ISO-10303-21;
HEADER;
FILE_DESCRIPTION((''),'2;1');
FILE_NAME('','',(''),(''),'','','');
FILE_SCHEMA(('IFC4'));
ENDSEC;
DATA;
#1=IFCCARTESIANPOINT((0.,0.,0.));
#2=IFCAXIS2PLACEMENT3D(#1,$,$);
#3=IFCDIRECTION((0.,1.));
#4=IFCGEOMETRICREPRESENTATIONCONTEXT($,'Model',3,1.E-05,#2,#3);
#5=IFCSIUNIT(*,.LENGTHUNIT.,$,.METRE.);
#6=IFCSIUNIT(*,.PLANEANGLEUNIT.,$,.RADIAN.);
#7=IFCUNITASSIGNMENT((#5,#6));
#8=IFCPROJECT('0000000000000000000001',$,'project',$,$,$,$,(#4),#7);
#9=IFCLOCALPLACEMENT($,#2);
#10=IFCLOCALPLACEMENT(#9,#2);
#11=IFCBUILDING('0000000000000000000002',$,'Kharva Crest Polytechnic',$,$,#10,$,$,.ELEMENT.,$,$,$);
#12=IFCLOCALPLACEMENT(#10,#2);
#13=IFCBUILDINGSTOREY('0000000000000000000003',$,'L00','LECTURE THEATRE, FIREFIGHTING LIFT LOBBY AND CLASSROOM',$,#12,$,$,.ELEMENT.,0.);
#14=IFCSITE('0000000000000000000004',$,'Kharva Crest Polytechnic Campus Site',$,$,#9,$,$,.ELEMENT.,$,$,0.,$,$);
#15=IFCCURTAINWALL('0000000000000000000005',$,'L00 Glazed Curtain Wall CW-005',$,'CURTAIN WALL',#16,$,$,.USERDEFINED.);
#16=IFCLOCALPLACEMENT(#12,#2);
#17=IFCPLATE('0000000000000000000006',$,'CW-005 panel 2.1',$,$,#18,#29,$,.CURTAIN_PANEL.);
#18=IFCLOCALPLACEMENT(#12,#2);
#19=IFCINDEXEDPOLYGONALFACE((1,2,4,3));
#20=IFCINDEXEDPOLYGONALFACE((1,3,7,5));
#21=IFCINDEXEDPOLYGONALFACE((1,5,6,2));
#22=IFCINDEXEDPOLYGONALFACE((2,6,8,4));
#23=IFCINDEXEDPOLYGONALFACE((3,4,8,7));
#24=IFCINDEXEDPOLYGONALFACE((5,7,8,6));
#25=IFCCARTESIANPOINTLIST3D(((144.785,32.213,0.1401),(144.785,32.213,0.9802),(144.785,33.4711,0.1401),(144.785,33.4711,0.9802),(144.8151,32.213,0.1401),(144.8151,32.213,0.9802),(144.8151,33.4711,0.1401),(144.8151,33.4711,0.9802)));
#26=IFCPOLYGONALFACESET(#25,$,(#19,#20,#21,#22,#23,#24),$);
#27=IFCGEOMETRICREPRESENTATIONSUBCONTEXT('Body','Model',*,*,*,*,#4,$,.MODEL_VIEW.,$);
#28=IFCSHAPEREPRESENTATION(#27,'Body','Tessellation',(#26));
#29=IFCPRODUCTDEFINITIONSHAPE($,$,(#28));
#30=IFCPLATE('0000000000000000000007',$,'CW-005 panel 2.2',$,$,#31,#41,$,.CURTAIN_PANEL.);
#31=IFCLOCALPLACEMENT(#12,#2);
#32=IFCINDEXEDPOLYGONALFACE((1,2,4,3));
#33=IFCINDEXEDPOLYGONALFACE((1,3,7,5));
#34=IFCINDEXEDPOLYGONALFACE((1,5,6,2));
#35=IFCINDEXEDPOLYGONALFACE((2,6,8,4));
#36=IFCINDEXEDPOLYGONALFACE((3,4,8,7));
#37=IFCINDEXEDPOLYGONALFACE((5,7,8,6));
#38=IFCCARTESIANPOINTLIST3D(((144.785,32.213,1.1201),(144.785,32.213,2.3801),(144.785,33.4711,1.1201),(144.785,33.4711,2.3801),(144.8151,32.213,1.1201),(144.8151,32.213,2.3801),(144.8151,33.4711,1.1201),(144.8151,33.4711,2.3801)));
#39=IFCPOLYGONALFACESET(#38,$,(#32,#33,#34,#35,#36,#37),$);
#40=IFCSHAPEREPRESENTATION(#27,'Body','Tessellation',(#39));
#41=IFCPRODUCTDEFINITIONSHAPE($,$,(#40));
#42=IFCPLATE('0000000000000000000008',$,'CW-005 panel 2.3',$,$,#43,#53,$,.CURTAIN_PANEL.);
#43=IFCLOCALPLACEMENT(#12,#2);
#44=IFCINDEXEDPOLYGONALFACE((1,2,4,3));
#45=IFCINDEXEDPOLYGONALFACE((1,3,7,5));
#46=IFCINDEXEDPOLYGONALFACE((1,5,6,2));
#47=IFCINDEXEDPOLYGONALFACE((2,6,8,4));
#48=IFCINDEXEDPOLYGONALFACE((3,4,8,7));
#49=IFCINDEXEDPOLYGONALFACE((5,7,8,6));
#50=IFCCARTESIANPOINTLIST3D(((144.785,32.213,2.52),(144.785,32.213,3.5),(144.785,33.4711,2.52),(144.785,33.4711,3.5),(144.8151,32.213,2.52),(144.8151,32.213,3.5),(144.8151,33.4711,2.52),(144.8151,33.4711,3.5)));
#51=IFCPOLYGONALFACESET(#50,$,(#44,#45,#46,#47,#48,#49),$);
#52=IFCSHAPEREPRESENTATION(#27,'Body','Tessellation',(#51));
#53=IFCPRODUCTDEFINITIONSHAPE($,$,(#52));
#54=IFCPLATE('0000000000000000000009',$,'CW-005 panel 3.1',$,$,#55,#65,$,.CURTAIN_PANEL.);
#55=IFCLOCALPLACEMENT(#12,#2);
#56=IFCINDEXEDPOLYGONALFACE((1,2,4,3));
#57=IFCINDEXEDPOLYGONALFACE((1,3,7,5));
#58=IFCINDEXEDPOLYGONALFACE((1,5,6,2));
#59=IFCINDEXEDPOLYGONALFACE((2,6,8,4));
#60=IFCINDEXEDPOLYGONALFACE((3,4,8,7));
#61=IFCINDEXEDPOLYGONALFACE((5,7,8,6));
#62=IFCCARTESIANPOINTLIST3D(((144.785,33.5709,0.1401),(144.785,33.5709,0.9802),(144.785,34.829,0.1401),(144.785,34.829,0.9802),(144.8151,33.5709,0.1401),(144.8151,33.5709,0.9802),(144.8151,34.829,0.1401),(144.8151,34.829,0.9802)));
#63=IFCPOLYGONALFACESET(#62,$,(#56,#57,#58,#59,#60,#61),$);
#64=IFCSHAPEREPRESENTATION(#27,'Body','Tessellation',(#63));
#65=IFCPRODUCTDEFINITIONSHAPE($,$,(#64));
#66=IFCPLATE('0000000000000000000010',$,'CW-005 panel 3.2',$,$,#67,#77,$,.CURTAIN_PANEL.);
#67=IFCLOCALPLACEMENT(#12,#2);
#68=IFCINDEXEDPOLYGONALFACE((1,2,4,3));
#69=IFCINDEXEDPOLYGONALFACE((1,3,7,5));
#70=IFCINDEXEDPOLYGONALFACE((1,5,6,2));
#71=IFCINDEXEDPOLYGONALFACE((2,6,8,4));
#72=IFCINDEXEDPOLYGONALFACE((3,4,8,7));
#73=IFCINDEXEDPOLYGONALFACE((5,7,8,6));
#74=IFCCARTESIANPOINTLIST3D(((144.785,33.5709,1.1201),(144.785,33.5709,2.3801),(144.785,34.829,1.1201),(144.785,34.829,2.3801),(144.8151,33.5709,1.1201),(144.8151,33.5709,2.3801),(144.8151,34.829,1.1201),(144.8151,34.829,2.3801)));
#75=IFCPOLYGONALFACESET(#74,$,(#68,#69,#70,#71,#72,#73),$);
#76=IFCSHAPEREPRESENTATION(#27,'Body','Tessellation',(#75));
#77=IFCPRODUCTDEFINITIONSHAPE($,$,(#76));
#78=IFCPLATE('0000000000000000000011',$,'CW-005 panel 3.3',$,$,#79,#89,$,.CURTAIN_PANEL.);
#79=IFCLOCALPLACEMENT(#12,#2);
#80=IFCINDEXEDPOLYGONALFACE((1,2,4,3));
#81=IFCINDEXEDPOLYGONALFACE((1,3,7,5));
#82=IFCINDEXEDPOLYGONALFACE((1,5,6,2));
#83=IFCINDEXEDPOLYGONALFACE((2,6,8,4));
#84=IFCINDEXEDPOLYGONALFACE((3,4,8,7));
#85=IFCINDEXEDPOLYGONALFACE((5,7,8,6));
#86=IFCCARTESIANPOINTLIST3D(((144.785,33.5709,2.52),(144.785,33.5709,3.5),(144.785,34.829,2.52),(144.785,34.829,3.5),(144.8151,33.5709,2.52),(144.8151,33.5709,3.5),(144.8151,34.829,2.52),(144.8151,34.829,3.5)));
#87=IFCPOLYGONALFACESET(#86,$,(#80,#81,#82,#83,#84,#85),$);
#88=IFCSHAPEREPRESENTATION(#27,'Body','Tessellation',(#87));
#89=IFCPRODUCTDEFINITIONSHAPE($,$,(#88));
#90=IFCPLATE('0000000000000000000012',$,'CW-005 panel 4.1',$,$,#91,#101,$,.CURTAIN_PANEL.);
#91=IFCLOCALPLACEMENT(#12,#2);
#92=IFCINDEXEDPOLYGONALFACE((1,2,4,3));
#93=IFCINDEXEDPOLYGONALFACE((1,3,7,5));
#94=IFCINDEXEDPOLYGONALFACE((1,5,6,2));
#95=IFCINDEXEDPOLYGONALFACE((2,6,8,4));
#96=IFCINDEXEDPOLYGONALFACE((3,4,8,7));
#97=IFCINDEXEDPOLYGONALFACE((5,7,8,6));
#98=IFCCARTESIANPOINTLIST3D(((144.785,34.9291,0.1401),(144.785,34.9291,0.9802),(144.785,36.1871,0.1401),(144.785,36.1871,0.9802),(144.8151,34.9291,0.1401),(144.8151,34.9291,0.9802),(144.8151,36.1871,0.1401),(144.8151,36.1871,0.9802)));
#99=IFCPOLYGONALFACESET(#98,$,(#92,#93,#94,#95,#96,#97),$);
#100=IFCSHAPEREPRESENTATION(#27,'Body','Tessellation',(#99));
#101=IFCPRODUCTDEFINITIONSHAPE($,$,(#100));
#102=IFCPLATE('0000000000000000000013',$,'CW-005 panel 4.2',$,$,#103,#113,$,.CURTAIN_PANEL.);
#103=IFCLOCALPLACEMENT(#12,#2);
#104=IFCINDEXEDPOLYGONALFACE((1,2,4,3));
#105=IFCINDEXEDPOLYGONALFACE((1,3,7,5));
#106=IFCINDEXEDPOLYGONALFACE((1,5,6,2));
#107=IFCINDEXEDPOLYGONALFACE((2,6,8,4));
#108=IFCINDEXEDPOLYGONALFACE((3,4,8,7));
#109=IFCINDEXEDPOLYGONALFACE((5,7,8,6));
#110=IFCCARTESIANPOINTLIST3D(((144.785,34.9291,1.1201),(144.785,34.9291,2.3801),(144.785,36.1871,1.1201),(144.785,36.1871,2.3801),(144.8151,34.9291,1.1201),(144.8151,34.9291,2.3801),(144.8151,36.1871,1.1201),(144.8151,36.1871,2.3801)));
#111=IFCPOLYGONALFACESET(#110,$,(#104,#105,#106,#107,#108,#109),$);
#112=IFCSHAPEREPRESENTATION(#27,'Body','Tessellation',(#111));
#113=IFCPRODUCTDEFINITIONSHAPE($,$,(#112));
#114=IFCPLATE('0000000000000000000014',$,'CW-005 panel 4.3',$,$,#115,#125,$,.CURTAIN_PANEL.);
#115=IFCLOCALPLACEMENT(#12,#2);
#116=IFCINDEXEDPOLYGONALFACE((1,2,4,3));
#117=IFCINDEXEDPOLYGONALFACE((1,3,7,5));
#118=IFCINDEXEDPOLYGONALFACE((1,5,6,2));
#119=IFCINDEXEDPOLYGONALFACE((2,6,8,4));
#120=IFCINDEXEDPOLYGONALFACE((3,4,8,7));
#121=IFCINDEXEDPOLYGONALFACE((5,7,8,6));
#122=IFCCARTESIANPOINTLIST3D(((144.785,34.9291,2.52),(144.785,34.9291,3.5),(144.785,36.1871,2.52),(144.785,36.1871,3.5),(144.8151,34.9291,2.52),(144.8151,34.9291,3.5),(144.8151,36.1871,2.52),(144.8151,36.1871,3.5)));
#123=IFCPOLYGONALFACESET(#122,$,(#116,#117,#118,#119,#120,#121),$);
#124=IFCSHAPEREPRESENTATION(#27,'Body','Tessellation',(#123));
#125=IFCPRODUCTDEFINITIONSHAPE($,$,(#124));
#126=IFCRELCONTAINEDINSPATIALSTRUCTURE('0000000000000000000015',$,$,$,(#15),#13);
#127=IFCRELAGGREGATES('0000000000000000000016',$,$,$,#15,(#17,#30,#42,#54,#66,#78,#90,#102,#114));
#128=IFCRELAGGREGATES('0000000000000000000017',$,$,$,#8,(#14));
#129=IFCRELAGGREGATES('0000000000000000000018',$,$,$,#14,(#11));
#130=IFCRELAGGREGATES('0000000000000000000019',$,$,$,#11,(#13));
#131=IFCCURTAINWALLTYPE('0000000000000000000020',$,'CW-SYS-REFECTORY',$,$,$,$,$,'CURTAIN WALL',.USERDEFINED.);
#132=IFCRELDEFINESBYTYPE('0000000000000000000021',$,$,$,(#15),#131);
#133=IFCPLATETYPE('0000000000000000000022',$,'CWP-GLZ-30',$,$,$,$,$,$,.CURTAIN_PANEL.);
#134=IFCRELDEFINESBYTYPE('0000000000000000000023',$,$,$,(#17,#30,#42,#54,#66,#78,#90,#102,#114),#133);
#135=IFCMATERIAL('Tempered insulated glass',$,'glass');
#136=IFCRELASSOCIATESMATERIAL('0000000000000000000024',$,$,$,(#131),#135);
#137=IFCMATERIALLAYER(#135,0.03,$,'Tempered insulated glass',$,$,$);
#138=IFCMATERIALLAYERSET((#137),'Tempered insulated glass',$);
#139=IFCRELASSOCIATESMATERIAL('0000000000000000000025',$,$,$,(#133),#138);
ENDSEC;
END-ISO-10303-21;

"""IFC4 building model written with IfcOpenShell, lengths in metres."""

from ifc_helpers import new_model, si_unit, direction, frame, origin, origin_2d, place, context, subcontext, project, spatial, rectangle, extrude, material, layer, layer_set, type_object, element, aggregate, save


model = new_model("IFC4")

# Units and contexts
model_context = context("Model", 3, precision=1e-05, world=origin(), true_north=direction((0.0, 1.0)))
body_context = subcontext(model_context, "Body", "Model", "MODEL_VIEW")
ifc_project = project(units=[si_unit("LENGTHUNIT", "METRE"), si_unit("PLANEANGLEUNIT", "RADIAN")], contexts=[model_context])

# Site, building, storey
site_placement = place(None, origin())
site = spatial("IfcSite", under=ifc_project, at=site_placement, Name="Kharva Crest Polytechnic Campus Site", CompositionType="ELEMENT", RefElevation=0.0)
building_placement = place(site_placement, origin())
building = spatial("IfcBuilding", under=site, at=building_placement, Name="Kharva Crest Polytechnic", CompositionType="ELEMENT")
storey_placement = place(building_placement, origin())
storey = spatial("IfcBuildingStorey", under=building, at=storey_placement, Name="L00", Description="LECTURE THEATRE, FIREFIGHTING LIFT LOBBY AND CLASSROOM", CompositionType="ELEMENT", Elevation=0.0)

# Curtain wall, plates
ifc_material_1 = material(Name="Tempered insulated glass", Category="glass")
curtain_wall_type = type_object("IfcCurtainWallType", Name="CW-SYS-REFECTORY", ElementType="CURTAIN WALL", PredefinedType="USERDEFINED", material=ifc_material_1)
curtain_wall_placement = place(storey_placement, origin())
curtain_wall = element("IfcCurtainWall", 1, at=curtain_wall_placement, inside=storey, type_object=curtain_wall_type, Name="L00 Glazed Curtain Wall CW-005", ObjectType="CURTAIN WALL", PredefinedType="USERDEFINED")
ifc_layer = layer(ifc_material_1, 0.03, Name="Tempered insulated glass")
ifc_layer_set = layer_set([ifc_layer], Name="Tempered insulated glass")
plate_type = type_object("IfcPlateType", Name="CWP-GLZ-30", PredefinedType="CURTAIN_PANEL", material=ifc_layer_set)
plate_1_placement = place(storey_placement, frame((144.8, 32.842, 0.1401), z_axis=(0.0, 0.0, 1.0), x_axis=(0.0, 1.0, 0.0)))
plate_1 = element("IfcPlate", 2, at=plate_1_placement, type_object=plate_type, Name="CW-005 panel 2.1", PredefinedType="CURTAIN_PANEL", context=body_context, shape_type="SweptSolid", body=[
    extrude(rectangle(XDim=1.2581, YDim=0.03, at=origin_2d()), origin(), (0.0, 0.0, 1.0), 0.8401),
])
plate_2_placement = place(storey_placement, frame((144.8, 32.842, 1.1201), z_axis=(0.0, 0.0, 1.0), x_axis=(0.0, 1.0, 0.0)))
plate_2 = element("IfcPlate", 3, at=plate_2_placement, type_object=plate_type, Name="CW-005 panel 2.2", PredefinedType="CURTAIN_PANEL", context=body_context, shape_type="SweptSolid", body=[
    extrude(rectangle(XDim=1.2581, YDim=0.03, at=origin_2d()), origin(), (0.0, 0.0, 1.0), 1.26),
])
plate_3_placement = place(storey_placement, frame((144.8, 32.842, 2.52), z_axis=(0.0, 0.0, 1.0), x_axis=(0.0, 1.0, 0.0)))
plate_3 = element("IfcPlate", 4, at=plate_3_placement, type_object=plate_type, Name="CW-005 panel 2.3", PredefinedType="CURTAIN_PANEL", context=body_context, shape_type="SweptSolid", body=[
    extrude(rectangle(XDim=1.2581, YDim=0.03, at=origin_2d()), origin(), (0.0, 0.0, 1.0), 0.98),
])
plate_4_placement = place(storey_placement, frame((144.8, 34.2, 0.1401), z_axis=(0.0, 0.0, 1.0), x_axis=(0.0, 1.0, 0.0)))
plate_4 = element("IfcPlate", 5, at=plate_4_placement, type_object=plate_type, Name="CW-005 panel 3.1", PredefinedType="CURTAIN_PANEL", context=body_context, shape_type="SweptSolid", body=[
    extrude(rectangle(XDim=1.2581, YDim=0.03, at=origin_2d()), origin(), (0.0, 0.0, 1.0), 0.8401),
])
plate_5_placement = place(storey_placement, frame((144.8, 34.2, 1.1201), z_axis=(0.0, 0.0, 1.0), x_axis=(0.0, 1.0, 0.0)))
plate_5 = element("IfcPlate", 6, at=plate_5_placement, type_object=plate_type, Name="CW-005 panel 3.2", PredefinedType="CURTAIN_PANEL", context=body_context, shape_type="SweptSolid", body=[
    extrude(rectangle(XDim=1.2581, YDim=0.03, at=origin_2d()), origin(), (0.0, 0.0, 1.0), 1.26),
])
plate_6_placement = place(storey_placement, frame((144.8, 34.2, 2.52), z_axis=(0.0, 0.0, 1.0), x_axis=(0.0, 1.0, 0.0)))
plate_6 = element("IfcPlate", 7, at=plate_6_placement, type_object=plate_type, Name="CW-005 panel 3.3", PredefinedType="CURTAIN_PANEL", context=body_context, shape_type="SweptSolid", body=[
    extrude(rectangle(XDim=1.2581, YDim=0.03, at=origin_2d()), origin(), (0.0, 0.0, 1.0), 0.98),
])
plate_7_placement = place(storey_placement, frame((144.8, 35.5581, 0.1401), z_axis=(0.0, 0.0, 1.0), x_axis=(0.0, 1.0, 0.0)))
plate_7 = element("IfcPlate", 8, at=plate_7_placement, type_object=plate_type, Name="CW-005 panel 4.1", PredefinedType="CURTAIN_PANEL", context=body_context, shape_type="SweptSolid", body=[
    extrude(rectangle(XDim=1.2581, YDim=0.03, at=origin_2d()), origin(), (0.0, 0.0, 1.0), 0.8401),
])
plate_8_placement = place(storey_placement, frame((144.8, 35.5581, 1.1201), z_axis=(0.0, 0.0, 1.0), x_axis=(0.0, 1.0, 0.0)))
plate_8 = element("IfcPlate", 9, at=plate_8_placement, type_object=plate_type, Name="CW-005 panel 4.2", PredefinedType="CURTAIN_PANEL", context=body_context, shape_type="SweptSolid", body=[
    extrude(rectangle(XDim=1.2581, YDim=0.03, at=origin_2d()), origin(), (0.0, 0.0, 1.0), 1.26),
])
plate_9_placement = place(storey_placement, frame((144.8, 35.5581, 2.52), z_axis=(0.0, 0.0, 1.0), x_axis=(0.0, 1.0, 0.0)))
plate_9 = element("IfcPlate", 10, at=plate_9_placement, type_object=plate_type, Name="CW-005 panel 4.3", PredefinedType="CURTAIN_PANEL", context=body_context, shape_type="SweptSolid", body=[
    extrude(rectangle(XDim=1.2581, YDim=0.03, at=origin_2d()), origin(), (0.0, 0.0, 1.0), 0.98),
])
aggregate(curtain_wall, [plate_1, plate_2, plate_3, plate_4, plate_5, plate_6, plate_7, plate_8, plate_9])

save(model, "model.ifc")
